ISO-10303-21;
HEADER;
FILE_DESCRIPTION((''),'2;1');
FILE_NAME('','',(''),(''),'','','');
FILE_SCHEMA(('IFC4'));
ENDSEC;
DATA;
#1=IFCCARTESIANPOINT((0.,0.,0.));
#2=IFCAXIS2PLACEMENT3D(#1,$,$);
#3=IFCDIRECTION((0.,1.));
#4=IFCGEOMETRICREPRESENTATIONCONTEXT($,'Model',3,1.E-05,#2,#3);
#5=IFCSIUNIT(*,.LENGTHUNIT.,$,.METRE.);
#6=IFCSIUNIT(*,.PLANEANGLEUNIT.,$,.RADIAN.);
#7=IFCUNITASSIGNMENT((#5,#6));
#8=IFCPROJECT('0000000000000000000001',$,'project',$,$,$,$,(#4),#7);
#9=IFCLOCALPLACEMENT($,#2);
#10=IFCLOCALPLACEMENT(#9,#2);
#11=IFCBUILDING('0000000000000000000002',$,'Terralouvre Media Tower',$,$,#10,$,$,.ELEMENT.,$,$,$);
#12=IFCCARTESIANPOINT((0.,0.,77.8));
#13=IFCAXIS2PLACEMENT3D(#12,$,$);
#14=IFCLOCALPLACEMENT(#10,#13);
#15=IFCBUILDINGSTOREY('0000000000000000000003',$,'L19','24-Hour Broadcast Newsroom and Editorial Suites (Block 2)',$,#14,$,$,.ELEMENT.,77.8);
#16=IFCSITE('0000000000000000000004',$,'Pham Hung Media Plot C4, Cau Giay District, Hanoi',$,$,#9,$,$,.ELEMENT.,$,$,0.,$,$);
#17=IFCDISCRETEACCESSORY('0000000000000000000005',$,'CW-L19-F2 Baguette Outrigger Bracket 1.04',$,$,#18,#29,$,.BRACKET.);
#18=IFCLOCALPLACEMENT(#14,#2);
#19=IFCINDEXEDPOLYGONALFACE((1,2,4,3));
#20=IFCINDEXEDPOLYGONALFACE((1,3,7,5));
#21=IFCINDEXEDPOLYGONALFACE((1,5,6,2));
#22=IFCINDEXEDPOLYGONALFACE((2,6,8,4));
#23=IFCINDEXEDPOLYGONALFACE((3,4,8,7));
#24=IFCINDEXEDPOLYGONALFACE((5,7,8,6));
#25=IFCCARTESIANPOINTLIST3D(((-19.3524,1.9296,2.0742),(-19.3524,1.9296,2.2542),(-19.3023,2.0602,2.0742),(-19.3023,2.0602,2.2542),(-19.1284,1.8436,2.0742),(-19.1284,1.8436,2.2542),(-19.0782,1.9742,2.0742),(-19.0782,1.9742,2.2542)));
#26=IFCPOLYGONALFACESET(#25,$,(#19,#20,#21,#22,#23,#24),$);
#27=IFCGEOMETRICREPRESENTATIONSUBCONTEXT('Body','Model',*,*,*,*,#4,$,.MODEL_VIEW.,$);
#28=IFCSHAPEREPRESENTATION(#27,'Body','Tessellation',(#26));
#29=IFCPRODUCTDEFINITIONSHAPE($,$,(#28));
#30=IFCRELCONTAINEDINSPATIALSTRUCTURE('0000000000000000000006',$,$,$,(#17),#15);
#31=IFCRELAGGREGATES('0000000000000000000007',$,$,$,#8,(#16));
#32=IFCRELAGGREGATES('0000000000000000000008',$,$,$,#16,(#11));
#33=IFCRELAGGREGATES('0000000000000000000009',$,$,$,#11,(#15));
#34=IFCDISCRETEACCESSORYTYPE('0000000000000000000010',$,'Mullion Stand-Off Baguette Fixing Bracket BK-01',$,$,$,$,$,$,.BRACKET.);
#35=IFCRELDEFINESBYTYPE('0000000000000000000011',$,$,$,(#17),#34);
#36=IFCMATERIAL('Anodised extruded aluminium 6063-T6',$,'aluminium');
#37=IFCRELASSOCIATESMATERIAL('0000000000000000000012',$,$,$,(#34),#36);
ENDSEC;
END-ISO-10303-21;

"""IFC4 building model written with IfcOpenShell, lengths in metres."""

from ifc_helpers import new_model, si_unit, direction, frame, origin, origin_2d, place, context, subcontext, project, spatial, rectangle, extrude, material, type_object, element, save


model = new_model("IFC4")

# Units and contexts
model_context = context("Model", 3, precision=1e-05, world=origin(), true_north=direction((0.0, 1.0)))
body_context = subcontext(model_context, "Body", "Model", "MODEL_VIEW")
ifc_project = project(units=[si_unit("LENGTHUNIT", "METRE"), si_unit("PLANEANGLEUNIT", "RADIAN")], contexts=[model_context])

# Site, building, storey
site_placement = place(None, origin())
site = spatial("IfcSite", under=ifc_project, at=site_placement, Name="Pham Hung Media Plot C4, Cau Giay District, Hanoi", CompositionType="ELEMENT", RefElevation=0.0)
building_placement = place(site_placement, origin())
building = spatial("IfcBuilding", under=site, at=building_placement, Name="Terralouvre Media Tower", CompositionType="ELEMENT")
storey_placement = place(building_placement, frame((0.0, 0.0, 77.8)))
storey = spatial("IfcBuildingStorey", under=building, at=storey_placement, Name="L19", Description="24-Hour Broadcast Newsroom and Editorial Suites (Block 2)", CompositionType="ELEMENT", Elevation=77.8)

# Discrete accessory
ifc_material_1 = material(Name="Anodised extruded aluminium 6063-T6", Category="aluminium")
discrete_accessory_type = type_object("IfcDiscreteAccessoryType", Name="Mullion Stand-Off Baguette Fixing Bracket BK-01", PredefinedType="BRACKET", material=ifc_material_1)
discrete_accessory_placement = place(storey_placement, frame((-19.2153, 1.9519, 2.0742), z_axis=(0.0, 0.0, 1.0), x_axis=(-0.358368, -0.93358, 0.0)))
element("IfcDiscreteAccessory", 1, at=discrete_accessory_placement, inside=storey, type_object=discrete_accessory_type, Name="CW-L19-F2 Baguette Outrigger Bracket 1.04", PredefinedType="BRACKET", context=body_context, shape_type="SweptSolid", body=[
    extrude(rectangle(XDim=0.1399, YDim=0.24, at=origin_2d()), origin(), (0.0, 0.0, 1.0), 0.1799),
])

save(model, "model.ifc")
